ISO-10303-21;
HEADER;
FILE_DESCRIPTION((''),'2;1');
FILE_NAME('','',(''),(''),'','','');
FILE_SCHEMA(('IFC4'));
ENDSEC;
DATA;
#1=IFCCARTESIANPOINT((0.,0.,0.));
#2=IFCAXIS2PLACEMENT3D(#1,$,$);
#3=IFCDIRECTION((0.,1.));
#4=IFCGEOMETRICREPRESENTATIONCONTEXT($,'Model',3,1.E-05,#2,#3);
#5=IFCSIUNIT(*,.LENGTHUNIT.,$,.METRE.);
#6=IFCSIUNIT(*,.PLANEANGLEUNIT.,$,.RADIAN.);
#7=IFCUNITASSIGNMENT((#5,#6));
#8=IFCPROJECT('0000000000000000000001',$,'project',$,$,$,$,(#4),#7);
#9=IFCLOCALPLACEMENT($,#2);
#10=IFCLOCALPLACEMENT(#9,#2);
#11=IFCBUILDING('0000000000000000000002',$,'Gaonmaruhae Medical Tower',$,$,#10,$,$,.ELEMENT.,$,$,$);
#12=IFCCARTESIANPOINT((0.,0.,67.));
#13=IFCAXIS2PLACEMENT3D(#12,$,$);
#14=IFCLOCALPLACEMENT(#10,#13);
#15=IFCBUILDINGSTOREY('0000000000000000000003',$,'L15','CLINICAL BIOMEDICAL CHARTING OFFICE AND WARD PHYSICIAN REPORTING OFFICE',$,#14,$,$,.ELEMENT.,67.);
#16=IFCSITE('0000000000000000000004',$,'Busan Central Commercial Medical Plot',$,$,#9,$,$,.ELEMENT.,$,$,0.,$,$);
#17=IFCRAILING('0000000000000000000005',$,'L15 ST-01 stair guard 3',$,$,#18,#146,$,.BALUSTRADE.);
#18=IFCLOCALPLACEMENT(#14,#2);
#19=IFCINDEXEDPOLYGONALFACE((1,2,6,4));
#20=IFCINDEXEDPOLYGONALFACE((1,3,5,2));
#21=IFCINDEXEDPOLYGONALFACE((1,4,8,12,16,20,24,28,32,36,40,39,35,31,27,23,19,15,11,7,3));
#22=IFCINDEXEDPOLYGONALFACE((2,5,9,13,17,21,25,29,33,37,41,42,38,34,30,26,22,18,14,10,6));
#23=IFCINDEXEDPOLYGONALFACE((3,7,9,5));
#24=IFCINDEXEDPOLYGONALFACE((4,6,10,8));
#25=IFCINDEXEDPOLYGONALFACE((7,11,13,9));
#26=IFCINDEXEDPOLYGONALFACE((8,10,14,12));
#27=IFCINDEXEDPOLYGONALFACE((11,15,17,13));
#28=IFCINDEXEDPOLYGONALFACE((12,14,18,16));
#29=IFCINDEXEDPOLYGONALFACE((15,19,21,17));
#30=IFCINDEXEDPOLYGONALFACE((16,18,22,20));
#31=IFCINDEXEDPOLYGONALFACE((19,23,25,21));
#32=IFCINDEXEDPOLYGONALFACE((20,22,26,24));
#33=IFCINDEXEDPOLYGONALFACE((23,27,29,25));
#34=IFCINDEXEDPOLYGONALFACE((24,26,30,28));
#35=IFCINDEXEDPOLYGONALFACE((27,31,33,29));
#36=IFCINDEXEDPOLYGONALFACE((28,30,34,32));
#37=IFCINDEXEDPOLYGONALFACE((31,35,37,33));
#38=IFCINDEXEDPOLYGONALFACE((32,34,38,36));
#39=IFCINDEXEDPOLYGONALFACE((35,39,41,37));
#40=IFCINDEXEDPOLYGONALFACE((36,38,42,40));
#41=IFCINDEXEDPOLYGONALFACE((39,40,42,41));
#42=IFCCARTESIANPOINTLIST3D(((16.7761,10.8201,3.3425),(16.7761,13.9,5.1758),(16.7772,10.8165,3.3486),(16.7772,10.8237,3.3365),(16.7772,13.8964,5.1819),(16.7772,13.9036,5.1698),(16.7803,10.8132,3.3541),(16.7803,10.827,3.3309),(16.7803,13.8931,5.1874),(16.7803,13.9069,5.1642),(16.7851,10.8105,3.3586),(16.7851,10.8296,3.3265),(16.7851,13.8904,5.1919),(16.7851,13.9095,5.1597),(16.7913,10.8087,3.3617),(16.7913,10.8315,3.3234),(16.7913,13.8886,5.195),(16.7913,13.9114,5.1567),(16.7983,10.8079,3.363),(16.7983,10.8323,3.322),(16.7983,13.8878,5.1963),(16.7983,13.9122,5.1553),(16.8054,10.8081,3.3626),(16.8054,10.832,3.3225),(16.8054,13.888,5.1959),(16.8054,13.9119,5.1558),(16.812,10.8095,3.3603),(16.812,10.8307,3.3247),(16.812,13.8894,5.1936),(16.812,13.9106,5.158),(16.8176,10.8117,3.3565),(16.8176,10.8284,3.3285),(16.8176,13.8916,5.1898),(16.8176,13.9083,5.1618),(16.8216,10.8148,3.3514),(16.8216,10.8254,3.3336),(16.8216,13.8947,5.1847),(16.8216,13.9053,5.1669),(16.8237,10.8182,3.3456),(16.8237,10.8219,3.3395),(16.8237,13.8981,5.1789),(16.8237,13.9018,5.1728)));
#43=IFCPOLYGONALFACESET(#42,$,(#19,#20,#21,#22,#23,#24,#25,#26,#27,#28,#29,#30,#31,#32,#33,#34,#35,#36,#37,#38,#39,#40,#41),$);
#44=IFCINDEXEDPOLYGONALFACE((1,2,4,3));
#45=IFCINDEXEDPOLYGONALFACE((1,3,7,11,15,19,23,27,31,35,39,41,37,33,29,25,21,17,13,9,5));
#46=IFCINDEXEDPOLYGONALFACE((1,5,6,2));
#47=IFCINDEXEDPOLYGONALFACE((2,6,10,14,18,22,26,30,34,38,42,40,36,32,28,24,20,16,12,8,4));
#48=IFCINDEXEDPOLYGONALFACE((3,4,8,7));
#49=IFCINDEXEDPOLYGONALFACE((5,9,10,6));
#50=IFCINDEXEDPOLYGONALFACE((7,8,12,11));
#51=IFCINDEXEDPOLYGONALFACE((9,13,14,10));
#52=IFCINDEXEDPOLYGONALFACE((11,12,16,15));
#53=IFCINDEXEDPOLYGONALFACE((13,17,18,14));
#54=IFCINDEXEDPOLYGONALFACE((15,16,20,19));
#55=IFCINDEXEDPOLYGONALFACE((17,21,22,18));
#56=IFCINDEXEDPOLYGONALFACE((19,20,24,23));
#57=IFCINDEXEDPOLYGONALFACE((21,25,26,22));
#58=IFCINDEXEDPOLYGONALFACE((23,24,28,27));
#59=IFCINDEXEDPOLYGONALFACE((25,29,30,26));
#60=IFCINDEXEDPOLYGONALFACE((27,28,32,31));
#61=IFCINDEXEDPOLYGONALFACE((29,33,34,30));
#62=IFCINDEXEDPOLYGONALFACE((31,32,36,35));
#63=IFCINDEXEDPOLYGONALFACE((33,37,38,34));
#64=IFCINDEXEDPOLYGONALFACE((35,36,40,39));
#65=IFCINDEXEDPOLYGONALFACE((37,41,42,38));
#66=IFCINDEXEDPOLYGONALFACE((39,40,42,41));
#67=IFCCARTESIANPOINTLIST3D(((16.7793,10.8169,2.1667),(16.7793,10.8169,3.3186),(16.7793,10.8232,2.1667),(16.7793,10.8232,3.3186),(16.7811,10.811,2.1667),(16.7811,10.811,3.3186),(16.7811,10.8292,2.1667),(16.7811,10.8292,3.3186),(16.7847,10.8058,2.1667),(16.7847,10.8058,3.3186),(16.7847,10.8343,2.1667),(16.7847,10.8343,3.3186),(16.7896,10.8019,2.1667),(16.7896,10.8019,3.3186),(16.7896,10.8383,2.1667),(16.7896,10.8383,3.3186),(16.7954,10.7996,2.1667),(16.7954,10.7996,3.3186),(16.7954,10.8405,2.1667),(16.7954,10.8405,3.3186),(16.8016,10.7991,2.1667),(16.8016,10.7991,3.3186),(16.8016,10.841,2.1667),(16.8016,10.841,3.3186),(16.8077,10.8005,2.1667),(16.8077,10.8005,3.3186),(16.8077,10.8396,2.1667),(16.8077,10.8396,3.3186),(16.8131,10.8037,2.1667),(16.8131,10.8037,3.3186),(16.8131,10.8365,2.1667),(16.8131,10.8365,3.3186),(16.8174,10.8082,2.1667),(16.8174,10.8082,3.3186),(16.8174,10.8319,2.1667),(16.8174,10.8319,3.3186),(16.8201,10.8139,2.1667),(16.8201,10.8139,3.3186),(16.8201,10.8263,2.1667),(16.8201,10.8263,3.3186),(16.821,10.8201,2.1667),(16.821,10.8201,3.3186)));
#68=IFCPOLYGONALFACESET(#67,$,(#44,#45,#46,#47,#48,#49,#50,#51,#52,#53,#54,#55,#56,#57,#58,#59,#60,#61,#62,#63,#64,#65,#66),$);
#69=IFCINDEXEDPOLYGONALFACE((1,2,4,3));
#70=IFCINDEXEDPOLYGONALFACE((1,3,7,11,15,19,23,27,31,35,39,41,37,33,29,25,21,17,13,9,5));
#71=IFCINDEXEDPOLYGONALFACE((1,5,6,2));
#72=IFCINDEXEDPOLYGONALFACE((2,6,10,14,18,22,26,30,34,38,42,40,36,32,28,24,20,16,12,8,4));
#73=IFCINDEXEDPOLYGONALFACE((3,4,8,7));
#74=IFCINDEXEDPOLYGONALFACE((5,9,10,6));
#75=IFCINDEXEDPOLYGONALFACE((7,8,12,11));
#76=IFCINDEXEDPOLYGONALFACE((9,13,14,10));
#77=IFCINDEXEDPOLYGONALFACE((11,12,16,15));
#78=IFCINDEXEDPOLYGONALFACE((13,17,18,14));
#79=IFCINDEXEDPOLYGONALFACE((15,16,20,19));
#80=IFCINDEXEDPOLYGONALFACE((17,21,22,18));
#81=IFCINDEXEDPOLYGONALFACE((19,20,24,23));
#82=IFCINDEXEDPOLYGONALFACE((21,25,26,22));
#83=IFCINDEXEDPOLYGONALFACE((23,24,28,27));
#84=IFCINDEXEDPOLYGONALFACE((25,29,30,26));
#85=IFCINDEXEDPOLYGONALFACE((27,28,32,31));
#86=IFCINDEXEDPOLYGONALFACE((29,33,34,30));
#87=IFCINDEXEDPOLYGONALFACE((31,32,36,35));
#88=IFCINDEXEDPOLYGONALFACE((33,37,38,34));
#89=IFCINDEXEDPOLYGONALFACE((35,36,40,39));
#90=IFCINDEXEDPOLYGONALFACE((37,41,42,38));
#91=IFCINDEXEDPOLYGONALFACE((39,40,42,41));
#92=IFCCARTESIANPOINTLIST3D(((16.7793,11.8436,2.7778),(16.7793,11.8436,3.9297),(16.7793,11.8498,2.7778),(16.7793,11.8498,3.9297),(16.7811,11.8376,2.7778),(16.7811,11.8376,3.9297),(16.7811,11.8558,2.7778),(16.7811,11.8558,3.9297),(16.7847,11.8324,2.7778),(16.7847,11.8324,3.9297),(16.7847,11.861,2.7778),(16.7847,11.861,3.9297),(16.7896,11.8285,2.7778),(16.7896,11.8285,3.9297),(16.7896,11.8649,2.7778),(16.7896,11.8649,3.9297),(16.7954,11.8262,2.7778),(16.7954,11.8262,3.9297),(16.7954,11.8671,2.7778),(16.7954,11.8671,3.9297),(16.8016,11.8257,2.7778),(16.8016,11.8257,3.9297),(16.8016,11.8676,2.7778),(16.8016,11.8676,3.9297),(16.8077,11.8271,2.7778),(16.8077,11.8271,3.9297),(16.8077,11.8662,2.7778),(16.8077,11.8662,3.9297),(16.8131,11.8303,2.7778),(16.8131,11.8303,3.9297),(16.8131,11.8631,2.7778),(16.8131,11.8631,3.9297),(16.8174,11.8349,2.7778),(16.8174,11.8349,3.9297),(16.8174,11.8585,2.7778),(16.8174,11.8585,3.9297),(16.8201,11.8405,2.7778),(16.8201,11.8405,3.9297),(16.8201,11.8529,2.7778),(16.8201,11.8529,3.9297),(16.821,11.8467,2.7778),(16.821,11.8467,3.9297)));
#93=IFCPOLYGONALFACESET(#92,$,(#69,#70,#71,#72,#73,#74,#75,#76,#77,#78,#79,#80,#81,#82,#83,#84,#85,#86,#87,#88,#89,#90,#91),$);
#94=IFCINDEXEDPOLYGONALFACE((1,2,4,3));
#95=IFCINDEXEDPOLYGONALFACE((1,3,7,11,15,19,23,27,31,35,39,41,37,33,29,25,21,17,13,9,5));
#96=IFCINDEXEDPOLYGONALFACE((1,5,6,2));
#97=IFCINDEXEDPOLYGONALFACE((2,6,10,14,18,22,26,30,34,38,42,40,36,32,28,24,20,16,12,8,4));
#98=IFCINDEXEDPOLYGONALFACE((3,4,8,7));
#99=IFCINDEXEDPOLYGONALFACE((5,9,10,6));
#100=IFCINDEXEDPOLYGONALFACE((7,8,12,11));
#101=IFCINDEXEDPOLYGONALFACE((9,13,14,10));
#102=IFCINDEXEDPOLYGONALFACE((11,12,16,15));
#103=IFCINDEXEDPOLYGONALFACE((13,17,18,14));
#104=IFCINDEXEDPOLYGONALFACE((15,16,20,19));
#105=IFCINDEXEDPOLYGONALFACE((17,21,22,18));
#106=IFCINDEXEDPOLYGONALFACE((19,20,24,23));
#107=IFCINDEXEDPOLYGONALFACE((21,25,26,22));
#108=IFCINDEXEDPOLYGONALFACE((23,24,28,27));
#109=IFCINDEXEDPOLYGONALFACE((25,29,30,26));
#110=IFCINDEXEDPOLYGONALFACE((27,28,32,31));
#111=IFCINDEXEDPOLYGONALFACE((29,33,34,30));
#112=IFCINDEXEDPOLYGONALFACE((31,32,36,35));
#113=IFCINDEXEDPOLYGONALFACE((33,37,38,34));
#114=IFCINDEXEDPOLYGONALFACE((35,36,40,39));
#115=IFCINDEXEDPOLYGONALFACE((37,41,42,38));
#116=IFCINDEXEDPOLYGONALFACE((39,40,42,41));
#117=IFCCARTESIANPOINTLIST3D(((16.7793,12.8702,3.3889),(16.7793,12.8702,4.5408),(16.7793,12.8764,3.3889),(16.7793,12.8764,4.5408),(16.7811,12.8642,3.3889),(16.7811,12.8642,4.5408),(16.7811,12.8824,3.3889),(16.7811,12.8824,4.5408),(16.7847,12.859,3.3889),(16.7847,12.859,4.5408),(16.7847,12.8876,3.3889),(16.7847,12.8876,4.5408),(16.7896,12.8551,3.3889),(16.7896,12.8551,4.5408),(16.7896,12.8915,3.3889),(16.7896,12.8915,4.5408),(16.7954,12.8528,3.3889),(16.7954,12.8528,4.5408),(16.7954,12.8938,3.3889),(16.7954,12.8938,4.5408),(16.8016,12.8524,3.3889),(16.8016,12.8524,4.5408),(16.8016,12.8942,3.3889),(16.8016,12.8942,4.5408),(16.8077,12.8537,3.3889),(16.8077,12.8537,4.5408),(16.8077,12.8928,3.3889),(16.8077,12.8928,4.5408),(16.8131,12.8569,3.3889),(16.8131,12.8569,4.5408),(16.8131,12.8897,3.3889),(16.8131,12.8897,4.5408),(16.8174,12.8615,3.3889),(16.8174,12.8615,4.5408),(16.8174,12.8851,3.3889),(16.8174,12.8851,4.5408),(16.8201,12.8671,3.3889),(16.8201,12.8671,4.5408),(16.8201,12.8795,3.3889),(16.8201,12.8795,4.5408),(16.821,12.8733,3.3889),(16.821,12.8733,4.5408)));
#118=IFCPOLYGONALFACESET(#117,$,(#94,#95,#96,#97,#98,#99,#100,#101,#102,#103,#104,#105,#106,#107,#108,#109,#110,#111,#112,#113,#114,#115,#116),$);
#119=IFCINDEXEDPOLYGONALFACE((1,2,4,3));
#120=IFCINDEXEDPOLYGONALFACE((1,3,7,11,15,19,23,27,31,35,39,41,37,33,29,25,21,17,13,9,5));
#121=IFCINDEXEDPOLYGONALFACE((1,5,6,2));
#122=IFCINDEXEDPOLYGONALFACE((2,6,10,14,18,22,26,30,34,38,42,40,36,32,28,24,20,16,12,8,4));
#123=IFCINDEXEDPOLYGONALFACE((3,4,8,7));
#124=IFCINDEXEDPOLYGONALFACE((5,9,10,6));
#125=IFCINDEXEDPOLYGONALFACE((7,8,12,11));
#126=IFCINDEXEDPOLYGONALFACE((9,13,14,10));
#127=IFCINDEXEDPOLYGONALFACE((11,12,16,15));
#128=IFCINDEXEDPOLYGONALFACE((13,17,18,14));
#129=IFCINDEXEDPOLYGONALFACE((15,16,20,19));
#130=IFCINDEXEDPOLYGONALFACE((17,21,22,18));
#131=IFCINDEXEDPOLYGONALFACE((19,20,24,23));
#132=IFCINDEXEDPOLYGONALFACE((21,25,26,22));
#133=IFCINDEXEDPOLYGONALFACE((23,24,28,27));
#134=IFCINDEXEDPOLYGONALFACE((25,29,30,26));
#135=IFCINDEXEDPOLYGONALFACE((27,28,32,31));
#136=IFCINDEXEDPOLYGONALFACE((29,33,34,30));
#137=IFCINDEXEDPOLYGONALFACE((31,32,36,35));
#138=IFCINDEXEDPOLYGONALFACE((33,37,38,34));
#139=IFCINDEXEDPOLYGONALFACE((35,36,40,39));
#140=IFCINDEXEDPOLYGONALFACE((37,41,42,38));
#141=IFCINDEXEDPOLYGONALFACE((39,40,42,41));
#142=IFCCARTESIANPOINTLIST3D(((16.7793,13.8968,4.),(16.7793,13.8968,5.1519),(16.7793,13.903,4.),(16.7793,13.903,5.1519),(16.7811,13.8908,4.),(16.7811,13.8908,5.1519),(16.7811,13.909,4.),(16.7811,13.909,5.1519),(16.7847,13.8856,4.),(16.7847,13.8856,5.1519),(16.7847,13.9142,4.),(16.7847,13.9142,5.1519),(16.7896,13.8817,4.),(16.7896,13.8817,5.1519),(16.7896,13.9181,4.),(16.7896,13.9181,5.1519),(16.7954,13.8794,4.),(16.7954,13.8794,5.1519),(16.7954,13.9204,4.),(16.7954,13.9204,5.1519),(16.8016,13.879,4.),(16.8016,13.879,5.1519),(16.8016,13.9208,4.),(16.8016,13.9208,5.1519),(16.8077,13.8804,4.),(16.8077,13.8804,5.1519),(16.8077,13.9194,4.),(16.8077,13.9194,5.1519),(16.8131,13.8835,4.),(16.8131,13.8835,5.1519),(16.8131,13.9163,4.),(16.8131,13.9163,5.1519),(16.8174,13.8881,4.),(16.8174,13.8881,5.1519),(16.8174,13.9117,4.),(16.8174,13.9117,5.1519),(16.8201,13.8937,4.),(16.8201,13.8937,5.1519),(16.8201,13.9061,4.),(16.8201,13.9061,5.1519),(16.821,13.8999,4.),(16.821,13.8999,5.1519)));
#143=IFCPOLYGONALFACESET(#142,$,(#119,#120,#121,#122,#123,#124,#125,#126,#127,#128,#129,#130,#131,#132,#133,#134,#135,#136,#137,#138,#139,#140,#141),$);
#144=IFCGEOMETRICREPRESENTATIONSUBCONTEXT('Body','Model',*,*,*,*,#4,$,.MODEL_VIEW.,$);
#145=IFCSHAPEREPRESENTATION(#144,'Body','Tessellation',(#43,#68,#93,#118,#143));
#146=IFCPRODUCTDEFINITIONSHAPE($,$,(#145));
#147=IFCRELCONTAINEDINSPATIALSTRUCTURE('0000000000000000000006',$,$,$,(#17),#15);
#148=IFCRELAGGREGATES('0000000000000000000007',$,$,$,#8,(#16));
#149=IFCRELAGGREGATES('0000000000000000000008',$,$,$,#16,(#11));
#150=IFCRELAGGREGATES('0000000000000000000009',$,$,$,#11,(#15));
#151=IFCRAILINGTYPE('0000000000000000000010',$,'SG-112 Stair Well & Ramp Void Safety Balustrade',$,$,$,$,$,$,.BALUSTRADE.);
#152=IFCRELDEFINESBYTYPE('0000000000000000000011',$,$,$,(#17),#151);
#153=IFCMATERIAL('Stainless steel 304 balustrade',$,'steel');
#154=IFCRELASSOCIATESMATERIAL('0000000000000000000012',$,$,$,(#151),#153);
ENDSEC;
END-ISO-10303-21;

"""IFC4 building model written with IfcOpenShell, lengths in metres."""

from ifc_helpers import new_model, si_unit, direction, frame, origin, origin_2d, place, context, subcontext, project, spatial, circle, extrude, material, type_object, element, save


model = new_model("IFC4")

# Units and contexts
model_context = context("Model", 3, precision=1e-05, world=origin(), true_north=direction((0.0, 1.0)))
body_context = subcontext(model_context, "Body", "Model", "MODEL_VIEW")
ifc_project = project(units=[si_unit("LENGTHUNIT", "METRE"), si_unit("PLANEANGLEUNIT", "RADIAN")], contexts=[model_context])

# Site, building, storey
site_placement = place(None, origin())
site = spatial("IfcSite", under=ifc_project, at=site_placement, Name="Busan Central Commercial Medical Plot", CompositionType="ELEMENT", RefElevation=0.0)
building_placement = place(site_placement, origin())
building = spatial("IfcBuilding", under=site, at=building_placement, Name="Gaonmaruhae Medical Tower", CompositionType="ELEMENT")
storey_placement = place(building_placement, frame((0.0, 0.0, 67.0)))
storey = spatial("IfcBuildingStorey", under=building, at=storey_placement, Name="L15", Description="CLINICAL BIOMEDICAL CHARTING OFFICE AND WARD PHYSICIAN REPORTING OFFICE", CompositionType="ELEMENT", Elevation=67.0)

# Railing
ifc_material_1 = material(Name="Stainless steel 304 balustrade", Category="steel")
railing_type_1 = type_object("IfcRailingType", Name="SG-112 Stair Well & Ramp Void Safety Balustrade", PredefinedType="BALUSTRADE", material=ifc_material_1)
railing_1_placement = place(storey_placement, frame((16.8, 10.8201, 2.1667)))
element("IfcRailing", 1, at=railing_1_placement, inside=storey, type_object=railing_type_1, Name="L15 ST-01 stair guard 3", PredefinedType="BALUSTRADE", context=body_context, shape_type="SweptSolid", body=[
    extrude(circle(Radius=0.0239, at=origin_2d()), frame((0.0, 0.0, 1.1758), z_axis=(0.0, 0.859291, 0.511487), x_axis=(-1.0, 0.0, 0.0)), (0.0, 0.0, 1.0), 3.5842),
    extrude(circle(Radius=0.021, at=origin_2d()), origin(), (0.0, 0.0, 1.0), 1.1519),
    extrude(circle(Radius=0.021, at=origin_2d()), frame((0.0, 1.0266, 0.6111)), (0.0, 0.0, 1.0), 1.1519),
    extrude(circle(Radius=0.021, at=origin_2d()), frame((0.0, 2.0532, 1.2222)), (0.0, 0.0, 1.0), 1.1519),
    extrude(circle(Radius=0.021, at=origin_2d()), frame((0.0, 3.0798, 1.8333)), (0.0, 0.0, 1.0), 1.1519),
])

save(model, "model.ifc")
